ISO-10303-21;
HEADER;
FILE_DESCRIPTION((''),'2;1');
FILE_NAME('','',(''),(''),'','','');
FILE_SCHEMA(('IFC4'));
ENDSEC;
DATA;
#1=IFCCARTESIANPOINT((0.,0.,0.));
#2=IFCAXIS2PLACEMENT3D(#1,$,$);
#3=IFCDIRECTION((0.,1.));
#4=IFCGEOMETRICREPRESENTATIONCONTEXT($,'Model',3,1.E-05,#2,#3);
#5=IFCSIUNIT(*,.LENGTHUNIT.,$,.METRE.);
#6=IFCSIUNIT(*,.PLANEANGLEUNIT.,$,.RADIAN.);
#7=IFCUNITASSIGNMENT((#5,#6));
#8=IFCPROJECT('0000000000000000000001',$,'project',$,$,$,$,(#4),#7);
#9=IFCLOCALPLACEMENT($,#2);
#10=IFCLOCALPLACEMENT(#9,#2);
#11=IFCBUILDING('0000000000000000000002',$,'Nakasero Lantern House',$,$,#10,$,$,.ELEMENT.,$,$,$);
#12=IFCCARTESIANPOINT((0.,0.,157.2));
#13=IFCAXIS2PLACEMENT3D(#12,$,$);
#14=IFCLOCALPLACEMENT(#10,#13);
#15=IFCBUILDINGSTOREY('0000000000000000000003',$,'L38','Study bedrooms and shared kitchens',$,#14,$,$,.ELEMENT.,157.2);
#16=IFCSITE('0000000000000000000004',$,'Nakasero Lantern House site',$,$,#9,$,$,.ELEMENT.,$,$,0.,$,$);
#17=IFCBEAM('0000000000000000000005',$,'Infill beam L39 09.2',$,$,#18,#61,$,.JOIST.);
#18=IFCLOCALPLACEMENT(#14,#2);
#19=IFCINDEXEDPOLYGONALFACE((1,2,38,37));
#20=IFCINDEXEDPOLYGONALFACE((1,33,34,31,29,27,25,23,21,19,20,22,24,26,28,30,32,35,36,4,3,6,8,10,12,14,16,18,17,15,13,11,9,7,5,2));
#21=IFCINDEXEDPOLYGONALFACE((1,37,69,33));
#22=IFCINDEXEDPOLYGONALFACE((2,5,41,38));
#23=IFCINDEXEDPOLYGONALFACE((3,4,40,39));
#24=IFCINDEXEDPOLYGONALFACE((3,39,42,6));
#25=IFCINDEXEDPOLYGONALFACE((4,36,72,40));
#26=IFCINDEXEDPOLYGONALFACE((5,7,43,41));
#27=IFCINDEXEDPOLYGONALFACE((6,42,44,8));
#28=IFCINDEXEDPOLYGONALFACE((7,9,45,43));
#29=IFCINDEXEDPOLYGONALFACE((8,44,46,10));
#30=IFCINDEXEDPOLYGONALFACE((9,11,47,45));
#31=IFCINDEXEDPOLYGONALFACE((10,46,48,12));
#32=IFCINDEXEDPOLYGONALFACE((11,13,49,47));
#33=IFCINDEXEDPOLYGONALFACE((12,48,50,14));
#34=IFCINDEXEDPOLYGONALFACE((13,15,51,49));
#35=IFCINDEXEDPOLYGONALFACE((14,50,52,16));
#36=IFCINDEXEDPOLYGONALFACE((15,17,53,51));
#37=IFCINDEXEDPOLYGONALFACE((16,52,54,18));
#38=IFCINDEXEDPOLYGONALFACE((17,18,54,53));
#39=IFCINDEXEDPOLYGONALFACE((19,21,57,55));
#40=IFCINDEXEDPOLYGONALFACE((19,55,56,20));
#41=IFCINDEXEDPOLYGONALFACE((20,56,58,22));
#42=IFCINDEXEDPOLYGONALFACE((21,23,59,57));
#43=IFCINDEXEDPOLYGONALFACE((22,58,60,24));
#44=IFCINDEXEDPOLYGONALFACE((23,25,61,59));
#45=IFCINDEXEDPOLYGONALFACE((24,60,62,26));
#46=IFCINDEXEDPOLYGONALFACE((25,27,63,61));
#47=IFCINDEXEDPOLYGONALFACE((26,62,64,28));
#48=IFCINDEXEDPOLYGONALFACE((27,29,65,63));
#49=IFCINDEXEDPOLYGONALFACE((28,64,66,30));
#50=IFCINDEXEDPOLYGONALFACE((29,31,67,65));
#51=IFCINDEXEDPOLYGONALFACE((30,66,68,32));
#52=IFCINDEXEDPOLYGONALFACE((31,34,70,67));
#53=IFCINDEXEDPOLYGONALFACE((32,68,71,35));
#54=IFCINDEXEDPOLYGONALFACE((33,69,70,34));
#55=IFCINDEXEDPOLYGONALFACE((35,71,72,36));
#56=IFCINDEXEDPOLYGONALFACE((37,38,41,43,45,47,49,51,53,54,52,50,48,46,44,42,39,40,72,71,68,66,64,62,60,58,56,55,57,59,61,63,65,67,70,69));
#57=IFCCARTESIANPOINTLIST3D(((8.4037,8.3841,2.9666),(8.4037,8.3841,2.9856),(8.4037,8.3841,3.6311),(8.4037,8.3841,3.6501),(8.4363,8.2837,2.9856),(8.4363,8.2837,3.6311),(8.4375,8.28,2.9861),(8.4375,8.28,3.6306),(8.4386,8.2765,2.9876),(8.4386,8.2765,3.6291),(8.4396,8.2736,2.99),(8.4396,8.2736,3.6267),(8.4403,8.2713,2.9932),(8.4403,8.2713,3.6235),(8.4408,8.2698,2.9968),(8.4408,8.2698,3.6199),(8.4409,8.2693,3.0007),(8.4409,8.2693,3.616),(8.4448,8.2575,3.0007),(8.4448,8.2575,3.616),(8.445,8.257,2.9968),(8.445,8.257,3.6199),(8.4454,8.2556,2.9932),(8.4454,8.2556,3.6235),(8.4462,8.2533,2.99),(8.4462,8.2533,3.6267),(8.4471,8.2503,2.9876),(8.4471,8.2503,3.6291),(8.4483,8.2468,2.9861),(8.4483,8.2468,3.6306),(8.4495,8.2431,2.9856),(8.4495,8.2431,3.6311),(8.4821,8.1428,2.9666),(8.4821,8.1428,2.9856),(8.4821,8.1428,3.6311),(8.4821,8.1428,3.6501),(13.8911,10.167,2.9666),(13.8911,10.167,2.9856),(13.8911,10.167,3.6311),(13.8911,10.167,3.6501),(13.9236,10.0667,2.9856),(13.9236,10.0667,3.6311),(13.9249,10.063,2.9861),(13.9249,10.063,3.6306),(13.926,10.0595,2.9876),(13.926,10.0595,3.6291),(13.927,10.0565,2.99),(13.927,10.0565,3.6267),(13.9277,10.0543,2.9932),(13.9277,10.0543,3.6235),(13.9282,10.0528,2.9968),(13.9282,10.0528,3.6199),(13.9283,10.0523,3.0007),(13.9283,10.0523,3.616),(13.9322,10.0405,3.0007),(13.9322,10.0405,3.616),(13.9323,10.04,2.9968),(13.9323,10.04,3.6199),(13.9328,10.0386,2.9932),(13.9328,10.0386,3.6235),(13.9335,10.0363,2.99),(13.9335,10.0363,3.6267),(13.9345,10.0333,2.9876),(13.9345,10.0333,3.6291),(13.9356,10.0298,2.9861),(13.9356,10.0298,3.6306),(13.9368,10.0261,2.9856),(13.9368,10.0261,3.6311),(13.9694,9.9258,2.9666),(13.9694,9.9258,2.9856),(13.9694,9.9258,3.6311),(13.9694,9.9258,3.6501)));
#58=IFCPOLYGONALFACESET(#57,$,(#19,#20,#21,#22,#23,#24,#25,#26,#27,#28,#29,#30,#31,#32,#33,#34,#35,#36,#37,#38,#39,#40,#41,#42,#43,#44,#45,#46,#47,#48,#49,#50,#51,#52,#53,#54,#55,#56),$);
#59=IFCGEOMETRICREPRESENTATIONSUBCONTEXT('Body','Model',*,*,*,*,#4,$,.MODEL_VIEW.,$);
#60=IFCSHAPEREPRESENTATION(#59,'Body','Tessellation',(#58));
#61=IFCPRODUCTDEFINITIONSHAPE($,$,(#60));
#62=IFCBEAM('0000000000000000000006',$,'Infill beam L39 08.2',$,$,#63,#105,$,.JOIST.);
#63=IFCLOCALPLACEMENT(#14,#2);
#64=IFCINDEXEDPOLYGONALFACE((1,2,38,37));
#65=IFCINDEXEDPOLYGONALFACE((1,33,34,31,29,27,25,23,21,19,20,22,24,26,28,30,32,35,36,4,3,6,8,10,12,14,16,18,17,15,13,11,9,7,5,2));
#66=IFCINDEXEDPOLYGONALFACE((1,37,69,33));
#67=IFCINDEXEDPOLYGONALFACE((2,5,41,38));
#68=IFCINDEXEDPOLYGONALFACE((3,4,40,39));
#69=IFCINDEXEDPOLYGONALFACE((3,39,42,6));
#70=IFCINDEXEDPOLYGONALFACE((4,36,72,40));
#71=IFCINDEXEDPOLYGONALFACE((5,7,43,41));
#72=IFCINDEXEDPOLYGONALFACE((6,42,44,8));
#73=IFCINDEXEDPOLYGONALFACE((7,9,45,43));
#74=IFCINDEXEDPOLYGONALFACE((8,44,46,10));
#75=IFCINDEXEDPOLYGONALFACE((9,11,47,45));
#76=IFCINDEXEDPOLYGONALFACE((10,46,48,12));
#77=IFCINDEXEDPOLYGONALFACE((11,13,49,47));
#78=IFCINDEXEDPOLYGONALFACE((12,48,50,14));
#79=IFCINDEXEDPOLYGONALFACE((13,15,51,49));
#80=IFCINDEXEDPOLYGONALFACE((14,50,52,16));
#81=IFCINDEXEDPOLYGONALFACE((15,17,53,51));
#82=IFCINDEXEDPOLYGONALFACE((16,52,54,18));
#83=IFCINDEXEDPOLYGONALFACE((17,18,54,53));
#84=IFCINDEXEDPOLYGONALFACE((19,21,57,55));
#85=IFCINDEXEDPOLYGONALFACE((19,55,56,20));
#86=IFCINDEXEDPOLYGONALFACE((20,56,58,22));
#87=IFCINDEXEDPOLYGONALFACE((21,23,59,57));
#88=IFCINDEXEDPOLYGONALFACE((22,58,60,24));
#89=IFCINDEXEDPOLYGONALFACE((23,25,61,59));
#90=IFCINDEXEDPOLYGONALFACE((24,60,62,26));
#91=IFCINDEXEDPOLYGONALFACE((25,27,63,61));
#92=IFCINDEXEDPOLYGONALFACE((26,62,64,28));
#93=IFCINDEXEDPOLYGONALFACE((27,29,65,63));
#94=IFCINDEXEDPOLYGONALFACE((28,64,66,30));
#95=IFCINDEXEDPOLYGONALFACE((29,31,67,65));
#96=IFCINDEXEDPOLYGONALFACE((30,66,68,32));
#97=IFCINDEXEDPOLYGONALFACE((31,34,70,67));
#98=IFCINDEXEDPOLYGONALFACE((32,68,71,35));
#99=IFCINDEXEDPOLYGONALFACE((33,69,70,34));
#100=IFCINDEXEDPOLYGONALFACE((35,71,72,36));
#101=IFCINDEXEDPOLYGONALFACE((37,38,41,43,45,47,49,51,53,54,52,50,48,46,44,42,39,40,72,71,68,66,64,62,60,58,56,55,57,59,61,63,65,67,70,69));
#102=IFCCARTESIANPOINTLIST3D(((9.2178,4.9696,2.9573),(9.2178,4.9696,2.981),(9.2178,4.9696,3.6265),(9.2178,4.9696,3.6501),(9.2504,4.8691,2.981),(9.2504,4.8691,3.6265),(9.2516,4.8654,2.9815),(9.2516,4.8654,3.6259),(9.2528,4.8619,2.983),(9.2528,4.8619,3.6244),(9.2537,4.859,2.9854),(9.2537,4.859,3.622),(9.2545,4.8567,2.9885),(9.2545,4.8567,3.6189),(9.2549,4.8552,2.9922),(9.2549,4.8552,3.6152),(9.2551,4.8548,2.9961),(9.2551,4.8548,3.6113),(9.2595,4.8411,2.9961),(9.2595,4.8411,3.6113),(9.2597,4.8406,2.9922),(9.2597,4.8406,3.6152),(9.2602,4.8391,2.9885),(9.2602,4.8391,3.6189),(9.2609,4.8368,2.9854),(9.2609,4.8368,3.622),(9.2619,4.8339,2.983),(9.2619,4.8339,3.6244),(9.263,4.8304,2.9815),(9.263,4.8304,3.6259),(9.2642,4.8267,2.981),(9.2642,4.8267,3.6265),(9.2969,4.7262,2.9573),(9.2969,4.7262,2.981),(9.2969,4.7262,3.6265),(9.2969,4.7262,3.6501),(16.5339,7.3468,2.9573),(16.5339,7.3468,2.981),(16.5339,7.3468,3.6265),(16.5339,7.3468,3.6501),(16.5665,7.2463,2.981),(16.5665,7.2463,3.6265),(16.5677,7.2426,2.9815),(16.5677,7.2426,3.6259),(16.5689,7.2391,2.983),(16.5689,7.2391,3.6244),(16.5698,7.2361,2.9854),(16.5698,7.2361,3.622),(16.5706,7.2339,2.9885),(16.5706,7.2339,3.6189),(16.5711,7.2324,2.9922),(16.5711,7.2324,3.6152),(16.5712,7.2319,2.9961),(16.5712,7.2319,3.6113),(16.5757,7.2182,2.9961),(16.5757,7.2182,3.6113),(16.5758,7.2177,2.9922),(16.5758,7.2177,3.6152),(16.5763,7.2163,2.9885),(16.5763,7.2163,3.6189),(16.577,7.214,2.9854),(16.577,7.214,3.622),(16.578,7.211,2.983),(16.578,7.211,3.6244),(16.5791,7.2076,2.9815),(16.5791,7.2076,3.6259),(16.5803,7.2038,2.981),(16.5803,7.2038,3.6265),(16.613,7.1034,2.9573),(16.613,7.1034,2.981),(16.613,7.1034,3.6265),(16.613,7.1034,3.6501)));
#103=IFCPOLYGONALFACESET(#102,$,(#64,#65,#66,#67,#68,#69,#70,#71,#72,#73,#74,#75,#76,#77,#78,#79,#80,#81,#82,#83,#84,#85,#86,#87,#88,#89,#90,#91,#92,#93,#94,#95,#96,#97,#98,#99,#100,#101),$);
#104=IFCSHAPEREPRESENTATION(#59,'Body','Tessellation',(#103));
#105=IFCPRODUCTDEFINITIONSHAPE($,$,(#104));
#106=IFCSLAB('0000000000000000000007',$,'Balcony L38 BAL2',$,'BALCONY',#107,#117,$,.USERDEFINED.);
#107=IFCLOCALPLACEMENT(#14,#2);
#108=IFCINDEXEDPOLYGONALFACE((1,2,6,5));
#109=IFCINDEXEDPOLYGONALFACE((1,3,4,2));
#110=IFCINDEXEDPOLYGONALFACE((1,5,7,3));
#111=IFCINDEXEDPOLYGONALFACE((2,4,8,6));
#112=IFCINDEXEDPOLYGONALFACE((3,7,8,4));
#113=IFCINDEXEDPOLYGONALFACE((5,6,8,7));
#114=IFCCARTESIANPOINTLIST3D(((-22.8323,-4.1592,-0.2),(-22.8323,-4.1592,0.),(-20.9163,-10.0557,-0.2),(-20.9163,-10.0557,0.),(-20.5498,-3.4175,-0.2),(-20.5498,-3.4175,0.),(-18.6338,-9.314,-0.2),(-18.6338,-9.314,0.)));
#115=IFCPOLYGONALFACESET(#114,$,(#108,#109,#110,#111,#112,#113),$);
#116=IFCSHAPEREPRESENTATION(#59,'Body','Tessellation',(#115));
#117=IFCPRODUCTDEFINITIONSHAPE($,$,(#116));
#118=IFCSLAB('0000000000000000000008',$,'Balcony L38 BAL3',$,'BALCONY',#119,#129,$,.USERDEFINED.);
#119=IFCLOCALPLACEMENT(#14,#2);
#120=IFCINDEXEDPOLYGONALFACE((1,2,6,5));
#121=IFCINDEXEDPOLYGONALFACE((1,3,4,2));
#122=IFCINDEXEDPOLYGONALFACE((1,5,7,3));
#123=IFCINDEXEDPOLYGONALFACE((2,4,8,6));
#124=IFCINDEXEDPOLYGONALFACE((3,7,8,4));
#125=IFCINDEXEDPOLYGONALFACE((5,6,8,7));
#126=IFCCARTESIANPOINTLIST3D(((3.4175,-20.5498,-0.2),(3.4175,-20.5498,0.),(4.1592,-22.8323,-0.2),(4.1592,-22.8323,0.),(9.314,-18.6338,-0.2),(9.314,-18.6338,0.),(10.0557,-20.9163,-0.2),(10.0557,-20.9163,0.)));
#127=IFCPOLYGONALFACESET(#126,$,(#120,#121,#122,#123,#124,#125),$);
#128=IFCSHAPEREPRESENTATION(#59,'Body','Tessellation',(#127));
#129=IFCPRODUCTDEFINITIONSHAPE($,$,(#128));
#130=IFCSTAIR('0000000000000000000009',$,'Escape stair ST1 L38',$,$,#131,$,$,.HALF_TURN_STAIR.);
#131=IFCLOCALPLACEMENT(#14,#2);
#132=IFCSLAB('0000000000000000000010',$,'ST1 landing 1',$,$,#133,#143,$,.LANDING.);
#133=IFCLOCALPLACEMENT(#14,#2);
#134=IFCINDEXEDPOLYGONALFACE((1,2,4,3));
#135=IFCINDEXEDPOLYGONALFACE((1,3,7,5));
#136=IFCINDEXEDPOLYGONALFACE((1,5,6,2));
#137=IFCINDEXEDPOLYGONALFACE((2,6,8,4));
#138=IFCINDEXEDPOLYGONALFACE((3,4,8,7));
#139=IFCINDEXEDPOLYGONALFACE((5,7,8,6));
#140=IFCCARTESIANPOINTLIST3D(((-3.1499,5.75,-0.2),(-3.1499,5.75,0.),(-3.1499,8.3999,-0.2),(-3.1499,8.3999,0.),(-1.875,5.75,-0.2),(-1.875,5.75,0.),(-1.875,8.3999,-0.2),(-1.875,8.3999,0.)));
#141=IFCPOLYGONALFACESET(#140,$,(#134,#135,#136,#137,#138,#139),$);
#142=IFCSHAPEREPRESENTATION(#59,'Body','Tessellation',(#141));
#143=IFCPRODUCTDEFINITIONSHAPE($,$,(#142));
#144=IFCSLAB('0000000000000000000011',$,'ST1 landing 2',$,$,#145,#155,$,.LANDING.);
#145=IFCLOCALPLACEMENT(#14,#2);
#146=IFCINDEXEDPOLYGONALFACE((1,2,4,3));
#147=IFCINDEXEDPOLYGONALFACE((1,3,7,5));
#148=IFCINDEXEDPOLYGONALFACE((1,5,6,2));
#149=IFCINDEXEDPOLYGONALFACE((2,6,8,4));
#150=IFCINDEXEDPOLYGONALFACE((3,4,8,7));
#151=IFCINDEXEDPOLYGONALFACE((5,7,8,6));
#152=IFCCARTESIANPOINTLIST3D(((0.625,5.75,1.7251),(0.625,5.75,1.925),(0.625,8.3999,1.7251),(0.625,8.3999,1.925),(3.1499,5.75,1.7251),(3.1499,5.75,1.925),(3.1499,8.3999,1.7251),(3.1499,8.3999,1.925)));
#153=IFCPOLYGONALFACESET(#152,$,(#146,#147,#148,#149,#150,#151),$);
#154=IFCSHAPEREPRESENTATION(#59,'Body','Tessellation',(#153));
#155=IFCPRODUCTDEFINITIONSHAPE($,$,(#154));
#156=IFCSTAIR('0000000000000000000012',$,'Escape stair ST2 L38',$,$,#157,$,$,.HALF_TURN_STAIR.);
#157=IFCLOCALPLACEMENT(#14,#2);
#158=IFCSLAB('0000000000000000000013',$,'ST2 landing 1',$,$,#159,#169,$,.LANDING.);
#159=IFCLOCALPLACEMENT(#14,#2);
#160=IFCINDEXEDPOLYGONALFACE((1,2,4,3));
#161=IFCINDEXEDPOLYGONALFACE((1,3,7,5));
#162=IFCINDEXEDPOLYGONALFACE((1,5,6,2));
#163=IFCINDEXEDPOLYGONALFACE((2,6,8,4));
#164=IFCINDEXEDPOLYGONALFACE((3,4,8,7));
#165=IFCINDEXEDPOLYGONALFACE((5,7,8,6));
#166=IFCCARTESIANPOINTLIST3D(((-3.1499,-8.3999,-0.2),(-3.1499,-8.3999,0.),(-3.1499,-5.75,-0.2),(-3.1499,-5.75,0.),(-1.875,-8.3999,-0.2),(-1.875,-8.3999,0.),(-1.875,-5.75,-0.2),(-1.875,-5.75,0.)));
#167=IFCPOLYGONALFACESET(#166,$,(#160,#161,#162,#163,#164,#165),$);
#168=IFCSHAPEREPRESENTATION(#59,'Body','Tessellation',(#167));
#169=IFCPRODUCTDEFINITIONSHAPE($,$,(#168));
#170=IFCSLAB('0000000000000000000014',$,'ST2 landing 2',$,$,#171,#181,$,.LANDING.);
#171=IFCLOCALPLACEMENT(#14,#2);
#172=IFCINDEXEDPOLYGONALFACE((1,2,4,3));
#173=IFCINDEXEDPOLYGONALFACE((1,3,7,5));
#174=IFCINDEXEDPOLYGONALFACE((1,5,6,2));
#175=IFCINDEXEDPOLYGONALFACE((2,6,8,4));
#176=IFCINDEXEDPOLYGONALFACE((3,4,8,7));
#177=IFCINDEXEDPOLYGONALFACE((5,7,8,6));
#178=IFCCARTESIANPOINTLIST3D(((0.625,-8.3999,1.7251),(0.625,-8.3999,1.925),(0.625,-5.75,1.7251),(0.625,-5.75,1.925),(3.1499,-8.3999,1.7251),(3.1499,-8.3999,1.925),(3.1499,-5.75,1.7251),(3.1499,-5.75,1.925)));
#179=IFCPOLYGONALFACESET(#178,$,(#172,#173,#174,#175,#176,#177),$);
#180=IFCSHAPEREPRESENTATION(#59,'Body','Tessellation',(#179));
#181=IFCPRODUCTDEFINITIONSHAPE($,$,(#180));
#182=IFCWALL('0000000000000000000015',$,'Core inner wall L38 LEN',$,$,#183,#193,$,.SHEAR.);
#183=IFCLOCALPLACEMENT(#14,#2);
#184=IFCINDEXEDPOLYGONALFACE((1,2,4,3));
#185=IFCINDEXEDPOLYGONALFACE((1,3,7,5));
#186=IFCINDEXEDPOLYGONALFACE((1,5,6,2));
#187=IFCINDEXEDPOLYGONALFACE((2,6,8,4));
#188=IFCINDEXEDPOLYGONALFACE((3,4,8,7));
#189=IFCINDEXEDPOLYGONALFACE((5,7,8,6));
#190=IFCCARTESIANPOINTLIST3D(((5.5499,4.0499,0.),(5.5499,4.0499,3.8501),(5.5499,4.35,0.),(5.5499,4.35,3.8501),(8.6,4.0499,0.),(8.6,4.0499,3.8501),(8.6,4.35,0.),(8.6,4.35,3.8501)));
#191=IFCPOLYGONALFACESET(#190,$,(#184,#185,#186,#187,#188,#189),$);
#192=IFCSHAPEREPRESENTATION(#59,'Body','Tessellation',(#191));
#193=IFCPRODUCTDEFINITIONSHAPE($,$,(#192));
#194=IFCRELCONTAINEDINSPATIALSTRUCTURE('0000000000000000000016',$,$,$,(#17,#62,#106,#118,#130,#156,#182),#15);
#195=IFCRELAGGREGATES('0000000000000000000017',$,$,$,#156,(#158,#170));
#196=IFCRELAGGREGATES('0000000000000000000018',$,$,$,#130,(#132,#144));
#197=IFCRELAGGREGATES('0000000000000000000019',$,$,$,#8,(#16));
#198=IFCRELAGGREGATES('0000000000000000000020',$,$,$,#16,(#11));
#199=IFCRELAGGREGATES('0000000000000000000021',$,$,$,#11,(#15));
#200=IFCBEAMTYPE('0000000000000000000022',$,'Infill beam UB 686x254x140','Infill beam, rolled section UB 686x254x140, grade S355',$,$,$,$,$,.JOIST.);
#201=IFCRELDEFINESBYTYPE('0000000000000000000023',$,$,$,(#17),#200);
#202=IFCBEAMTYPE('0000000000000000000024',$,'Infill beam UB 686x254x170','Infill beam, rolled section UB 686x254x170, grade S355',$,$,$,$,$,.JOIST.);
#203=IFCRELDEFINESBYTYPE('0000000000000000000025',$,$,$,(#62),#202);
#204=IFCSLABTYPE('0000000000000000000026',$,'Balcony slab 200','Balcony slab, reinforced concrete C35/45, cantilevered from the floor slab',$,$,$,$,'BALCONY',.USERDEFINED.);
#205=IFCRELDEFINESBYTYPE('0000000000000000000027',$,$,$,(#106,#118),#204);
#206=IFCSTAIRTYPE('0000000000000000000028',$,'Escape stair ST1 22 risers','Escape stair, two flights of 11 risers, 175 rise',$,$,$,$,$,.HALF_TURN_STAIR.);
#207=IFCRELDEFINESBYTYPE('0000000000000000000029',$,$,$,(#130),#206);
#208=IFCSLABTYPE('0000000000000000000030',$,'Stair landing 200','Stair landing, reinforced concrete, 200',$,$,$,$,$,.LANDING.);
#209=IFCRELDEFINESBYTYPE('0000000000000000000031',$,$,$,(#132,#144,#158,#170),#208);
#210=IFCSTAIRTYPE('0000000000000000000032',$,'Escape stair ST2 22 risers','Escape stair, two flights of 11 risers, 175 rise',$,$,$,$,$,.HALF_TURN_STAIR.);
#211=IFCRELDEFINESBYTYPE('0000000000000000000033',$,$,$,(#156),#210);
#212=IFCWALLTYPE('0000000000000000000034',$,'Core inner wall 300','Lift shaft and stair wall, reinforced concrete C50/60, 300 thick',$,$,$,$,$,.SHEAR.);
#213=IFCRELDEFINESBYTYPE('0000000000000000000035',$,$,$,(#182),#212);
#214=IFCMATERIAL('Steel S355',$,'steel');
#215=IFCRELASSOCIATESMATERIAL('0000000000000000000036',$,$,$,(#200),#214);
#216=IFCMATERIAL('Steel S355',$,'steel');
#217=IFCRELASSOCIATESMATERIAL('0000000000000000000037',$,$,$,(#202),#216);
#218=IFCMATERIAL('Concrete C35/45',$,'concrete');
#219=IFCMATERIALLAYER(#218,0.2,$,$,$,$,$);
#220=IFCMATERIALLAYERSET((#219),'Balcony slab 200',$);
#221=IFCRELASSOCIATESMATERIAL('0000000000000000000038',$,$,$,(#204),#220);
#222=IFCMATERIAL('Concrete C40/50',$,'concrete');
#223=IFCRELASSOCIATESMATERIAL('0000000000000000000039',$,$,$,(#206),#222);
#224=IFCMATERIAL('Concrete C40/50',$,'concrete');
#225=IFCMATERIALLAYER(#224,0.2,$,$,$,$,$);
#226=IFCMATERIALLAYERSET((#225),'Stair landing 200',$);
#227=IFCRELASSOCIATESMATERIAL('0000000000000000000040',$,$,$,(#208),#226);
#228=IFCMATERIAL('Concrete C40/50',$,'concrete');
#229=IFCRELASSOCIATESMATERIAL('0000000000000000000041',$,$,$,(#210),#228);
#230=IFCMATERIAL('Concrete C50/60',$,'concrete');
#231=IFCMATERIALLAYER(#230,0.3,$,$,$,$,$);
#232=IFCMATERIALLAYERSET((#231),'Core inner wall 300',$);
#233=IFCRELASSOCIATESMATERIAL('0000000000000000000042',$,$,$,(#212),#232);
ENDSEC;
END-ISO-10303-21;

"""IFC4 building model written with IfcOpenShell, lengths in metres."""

from ifc_helpers import new_model, si_unit, direction, frame, frame_2d, origin, origin_2d, place, context, subcontext, project, spatial, polyline, rectangle, i_section, outline, extrude, material, layer, layer_set, material_profile, profile_set, type_object, element, aggregate, save


model = new_model("IFC4")

# Units and contexts
model_context = context("Model", 3, precision=1e-05, world=origin(), true_north=direction((0.0, 1.0)))
body_context = subcontext(model_context, "Body", "Model", "MODEL_VIEW")
ifc_project = project(units=[si_unit("LENGTHUNIT", "METRE"), si_unit("PLANEANGLEUNIT", "RADIAN")], contexts=[model_context])

# Site, building, storey
site_placement = place(None, origin())
site = spatial("IfcSite", under=ifc_project, at=site_placement, Name="Nakasero Lantern House site", CompositionType="ELEMENT", RefElevation=0.0)
building_placement = place(site_placement, origin())
building = spatial("IfcBuilding", under=site, at=building_placement, Name="Nakasero Lantern House", CompositionType="ELEMENT")
storey_placement = place(building_placement, frame((0.0, 0.0, 157.2)))
storey = spatial("IfcBuildingStorey", under=building, at=storey_placement, Name="L38", Description="Study bedrooms and shared kitchens", CompositionType="ELEMENT", Elevation=157.2)

# Beams
ifc_material_1 = material(Name="Steel S355", Category="steel")
ifc_material_profile_1 = material_profile(ifc_material_1, i_section(OverallWidth=0.2537, OverallDepth=0.6836, WebThickness=0.0125, FlangeThickness=0.019, FilletRadius=0.0151, at=origin_2d()), Name="UB 686x254x140")
ifc_profile_set_1 = profile_set([ifc_material_profile_1], Name="Steel S355")
beam_type_1 = type_object("IfcBeamType", Name="Infill beam UB 686x254x140", Description="Infill beam, rolled section UB 686x254x140, grade S355", PredefinedType="JOIST", material=ifc_profile_set_1)
beam_1_placement = place(storey_placement, frame((8.4429, 8.2634, 3.3083), z_axis=(0.951055, 0.309021, 0.0), x_axis=(-0.309021, 0.951055, 0.0)))
element("IfcBeam", 1, at=beam_1_placement, inside=storey, type_object=beam_type_1, Name="Infill beam L39 09.2", PredefinedType="JOIST", context=body_context, shape_type="SweptSolid", body=[
    extrude(i_section(OverallWidth=0.2537, OverallDepth=0.6836, WebThickness=0.0125, FlangeThickness=0.019, FilletRadius=0.0151, at=origin_2d()), origin(), (0.0, 0.0, 1.0), 5.7698),
])
ifc_material_2 = material(Name="Steel S355", Category="steel")
ifc_material_profile_2 = material_profile(ifc_material_2, i_section(OverallWidth=0.2559, OverallDepth=0.6929, WebThickness=0.0144, FlangeThickness=0.0237, FilletRadius=0.0151, at=origin_2d()), Name="UB 686x254x170")
ifc_profile_set_2 = profile_set([ifc_material_profile_2], Name="Steel S355")
beam_type_2 = type_object("IfcBeamType", Name="Infill beam UB 686x254x170", Description="Infill beam, rolled section UB 686x254x170, grade S355", PredefinedType="JOIST", material=ifc_profile_set_2)
beam_2_placement = place(storey_placement, frame((9.2573, 4.8479, 3.3037), z_axis=(0.951055, 0.309021, 0.0), x_axis=(-0.309021, 0.951055, 0.0)))
element("IfcBeam", 2, at=beam_2_placement, inside=storey, type_object=beam_type_2, Name="Infill beam L39 08.2", PredefinedType="JOIST", context=body_context, shape_type="SweptSolid", body=[
    extrude(i_section(OverallWidth=0.2559, OverallDepth=0.6929, WebThickness=0.0144, FlangeThickness=0.0237, FilletRadius=0.0151, at=origin_2d()), origin(), (0.0, 0.0, 1.0), 7.6926),
])

# Slabs
ifc_material_3 = material(Name="Concrete C35/45", Category="concrete")
ifc_layer_1 = layer(ifc_material_3, 0.2)
ifc_layer_set_1 = layer_set([ifc_layer_1], Name="Balcony slab 200")
slab_type_1 = type_object("IfcSlabType", Name="Balcony slab 200", Description="Balcony slab, reinforced concrete C35/45, cantilevered from the floor slab", ElementType="BALCONY", PredefinedType="USERDEFINED", material=ifc_layer_set_1)
slab_1_placement = place(storey_placement, frame((0.0, 0.0, -0.2)))
element("IfcSlab", 3, at=slab_1_placement, inside=storey, type_object=slab_type_1, Name="Balcony L38 BAL2", ObjectType="BALCONY", PredefinedType="USERDEFINED", context=body_context, shape_type="SweptSolid", body=[
    extrude(outline(polyline([(-20.5498, -3.4175), (-22.8323, -4.1592), (-20.9163, -10.0557), (-18.6338, -9.314), (-20.5498, -3.4175)])), origin(), (0.0, 0.0, 1.0), 0.2),
])
slab_2_placement = place(storey_placement, frame((0.0, 0.0, -0.2)))
element("IfcSlab", 4, at=slab_2_placement, inside=storey, type_object=slab_type_1, Name="Balcony L38 BAL3", ObjectType="BALCONY", PredefinedType="USERDEFINED", context=body_context, shape_type="SweptSolid", body=[
    extrude(outline(polyline([(3.4175, -20.5498), (4.1592, -22.8323), (10.0557, -20.9163), (9.314, -18.6338), (3.4175, -20.5498)])), origin(), (0.0, 0.0, 1.0), 0.2),
])

# Stairs, slabs
ifc_material_4 = material(Name="Concrete C40/50", Category="concrete")
stair_type_1 = type_object("IfcStairType", Name="Escape stair ST1 22 risers", Description="Escape stair, two flights of 11 risers, 175 rise", PredefinedType="HALF_TURN_STAIR", material=ifc_material_4)
stair_1_placement = place(storey_placement, origin())
stair_1 = element("IfcStair", 5, at=stair_1_placement, inside=storey, type_object=stair_type_1, Name="Escape stair ST1 L38", PredefinedType="HALF_TURN_STAIR")
ifc_material_5 = material(Name="Concrete C40/50", Category="concrete")
ifc_layer_2 = layer(ifc_material_5, 0.2)
ifc_layer_set_2 = layer_set([ifc_layer_2], Name="Stair landing 200")
slab_type_2 = type_object("IfcSlabType", Name="Stair landing 200", Description="Stair landing, reinforced concrete, 200", PredefinedType="LANDING", material=ifc_layer_set_2)
slab_3_placement = place(storey_placement, frame((0.0, 0.0, -0.2)))
slab_3 = element("IfcSlab", 6, at=slab_3_placement, type_object=slab_type_2, Name="ST1 landing 1", PredefinedType="LANDING", context=body_context, shape_type="SweptSolid", body=[
    extrude(outline(polyline([(-3.1499, 5.75), (-1.875, 5.75), (-1.875, 8.3999), (-3.1499, 8.3999), (-3.1499, 5.75)])), origin(), (0.0, 0.0, 1.0), 0.2),
])
slab_4_placement = place(storey_placement, frame((0.0, 0.0, 1.7251)))
slab_4 = element("IfcSlab", 7, at=slab_4_placement, type_object=slab_type_2, Name="ST1 landing 2", PredefinedType="LANDING", context=body_context, shape_type="SweptSolid", body=[
    extrude(outline(polyline([(0.625, 5.75), (3.1499, 5.75), (3.1499, 8.3999), (0.625, 8.3999), (0.625, 5.75)])), origin(), (0.0, 0.0, 1.0), 0.2),
])
ifc_material_6 = material(Name="Concrete C40/50", Category="concrete")
stair_type_2 = type_object("IfcStairType", Name="Escape stair ST2 22 risers", Description="Escape stair, two flights of 11 risers, 175 rise", PredefinedType="HALF_TURN_STAIR", material=ifc_material_6)
stair_2_placement = place(storey_placement, origin())
stair_2 = element("IfcStair", 8, at=stair_2_placement, inside=storey, type_object=stair_type_2, Name="Escape stair ST2 L38", PredefinedType="HALF_TURN_STAIR")
slab_5_placement = place(storey_placement, frame((0.0, 0.0, -0.2)))
slab_5 = element("IfcSlab", 9, at=slab_5_placement, type_object=slab_type_2, Name="ST2 landing 1", PredefinedType="LANDING", context=body_context, shape_type="SweptSolid", body=[
    extrude(outline(polyline([(-3.1499, -8.3999), (-1.875, -8.3999), (-1.875, -5.75), (-3.1499, -5.75), (-3.1499, -8.3999)])), origin(), (0.0, 0.0, 1.0), 0.2),
])
slab_6_placement = place(storey_placement, frame((0.0, 0.0, 1.7251)))
slab_6 = element("IfcSlab", 10, at=slab_6_placement, type_object=slab_type_2, Name="ST2 landing 2", PredefinedType="LANDING", context=body_context, shape_type="SweptSolid", body=[
    extrude(outline(polyline([(0.625, -8.3999), (3.1499, -8.3999), (3.1499, -5.75), (0.625, -5.75), (0.625, -8.3999)])), origin(), (0.0, 0.0, 1.0), 0.2),
])
aggregate(stair_2, [slab_5, slab_6])

# Wall
ifc_material_7 = material(Name="Concrete C50/60", Category="concrete")
ifc_layer_3 = layer(ifc_material_7, 0.3)
ifc_layer_set_3 = layer_set([ifc_layer_3], Name="Core inner wall 300")
wall_type_1 = type_object("IfcWallType", Name="Core inner wall 300", Description="Lift shaft and stair wall, reinforced concrete C50/60, 300 thick", PredefinedType="SHEAR", material=ifc_layer_set_3)
wall_1_placement = place(storey_placement, frame((5.55, 4.2, 0.0), z_axis=(0.0, 0.0, 1.0), x_axis=(1.0, 0.0, 0.0)))
element("IfcWall", 11, at=wall_1_placement, inside=storey, type_object=wall_type_1, Name="Core inner wall L38 LEN", PredefinedType="SHEAR", context=body_context, shape_type="SweptSolid", body=[
    extrude(rectangle(XDim=3.05, YDim=0.3, at=frame_2d((1.5249, 0.0))), origin(), (0.0, 0.0, 1.0), 3.8501),
])

aggregate(stair_1, [slab_3, slab_4])

save(model, "model.ifc")
